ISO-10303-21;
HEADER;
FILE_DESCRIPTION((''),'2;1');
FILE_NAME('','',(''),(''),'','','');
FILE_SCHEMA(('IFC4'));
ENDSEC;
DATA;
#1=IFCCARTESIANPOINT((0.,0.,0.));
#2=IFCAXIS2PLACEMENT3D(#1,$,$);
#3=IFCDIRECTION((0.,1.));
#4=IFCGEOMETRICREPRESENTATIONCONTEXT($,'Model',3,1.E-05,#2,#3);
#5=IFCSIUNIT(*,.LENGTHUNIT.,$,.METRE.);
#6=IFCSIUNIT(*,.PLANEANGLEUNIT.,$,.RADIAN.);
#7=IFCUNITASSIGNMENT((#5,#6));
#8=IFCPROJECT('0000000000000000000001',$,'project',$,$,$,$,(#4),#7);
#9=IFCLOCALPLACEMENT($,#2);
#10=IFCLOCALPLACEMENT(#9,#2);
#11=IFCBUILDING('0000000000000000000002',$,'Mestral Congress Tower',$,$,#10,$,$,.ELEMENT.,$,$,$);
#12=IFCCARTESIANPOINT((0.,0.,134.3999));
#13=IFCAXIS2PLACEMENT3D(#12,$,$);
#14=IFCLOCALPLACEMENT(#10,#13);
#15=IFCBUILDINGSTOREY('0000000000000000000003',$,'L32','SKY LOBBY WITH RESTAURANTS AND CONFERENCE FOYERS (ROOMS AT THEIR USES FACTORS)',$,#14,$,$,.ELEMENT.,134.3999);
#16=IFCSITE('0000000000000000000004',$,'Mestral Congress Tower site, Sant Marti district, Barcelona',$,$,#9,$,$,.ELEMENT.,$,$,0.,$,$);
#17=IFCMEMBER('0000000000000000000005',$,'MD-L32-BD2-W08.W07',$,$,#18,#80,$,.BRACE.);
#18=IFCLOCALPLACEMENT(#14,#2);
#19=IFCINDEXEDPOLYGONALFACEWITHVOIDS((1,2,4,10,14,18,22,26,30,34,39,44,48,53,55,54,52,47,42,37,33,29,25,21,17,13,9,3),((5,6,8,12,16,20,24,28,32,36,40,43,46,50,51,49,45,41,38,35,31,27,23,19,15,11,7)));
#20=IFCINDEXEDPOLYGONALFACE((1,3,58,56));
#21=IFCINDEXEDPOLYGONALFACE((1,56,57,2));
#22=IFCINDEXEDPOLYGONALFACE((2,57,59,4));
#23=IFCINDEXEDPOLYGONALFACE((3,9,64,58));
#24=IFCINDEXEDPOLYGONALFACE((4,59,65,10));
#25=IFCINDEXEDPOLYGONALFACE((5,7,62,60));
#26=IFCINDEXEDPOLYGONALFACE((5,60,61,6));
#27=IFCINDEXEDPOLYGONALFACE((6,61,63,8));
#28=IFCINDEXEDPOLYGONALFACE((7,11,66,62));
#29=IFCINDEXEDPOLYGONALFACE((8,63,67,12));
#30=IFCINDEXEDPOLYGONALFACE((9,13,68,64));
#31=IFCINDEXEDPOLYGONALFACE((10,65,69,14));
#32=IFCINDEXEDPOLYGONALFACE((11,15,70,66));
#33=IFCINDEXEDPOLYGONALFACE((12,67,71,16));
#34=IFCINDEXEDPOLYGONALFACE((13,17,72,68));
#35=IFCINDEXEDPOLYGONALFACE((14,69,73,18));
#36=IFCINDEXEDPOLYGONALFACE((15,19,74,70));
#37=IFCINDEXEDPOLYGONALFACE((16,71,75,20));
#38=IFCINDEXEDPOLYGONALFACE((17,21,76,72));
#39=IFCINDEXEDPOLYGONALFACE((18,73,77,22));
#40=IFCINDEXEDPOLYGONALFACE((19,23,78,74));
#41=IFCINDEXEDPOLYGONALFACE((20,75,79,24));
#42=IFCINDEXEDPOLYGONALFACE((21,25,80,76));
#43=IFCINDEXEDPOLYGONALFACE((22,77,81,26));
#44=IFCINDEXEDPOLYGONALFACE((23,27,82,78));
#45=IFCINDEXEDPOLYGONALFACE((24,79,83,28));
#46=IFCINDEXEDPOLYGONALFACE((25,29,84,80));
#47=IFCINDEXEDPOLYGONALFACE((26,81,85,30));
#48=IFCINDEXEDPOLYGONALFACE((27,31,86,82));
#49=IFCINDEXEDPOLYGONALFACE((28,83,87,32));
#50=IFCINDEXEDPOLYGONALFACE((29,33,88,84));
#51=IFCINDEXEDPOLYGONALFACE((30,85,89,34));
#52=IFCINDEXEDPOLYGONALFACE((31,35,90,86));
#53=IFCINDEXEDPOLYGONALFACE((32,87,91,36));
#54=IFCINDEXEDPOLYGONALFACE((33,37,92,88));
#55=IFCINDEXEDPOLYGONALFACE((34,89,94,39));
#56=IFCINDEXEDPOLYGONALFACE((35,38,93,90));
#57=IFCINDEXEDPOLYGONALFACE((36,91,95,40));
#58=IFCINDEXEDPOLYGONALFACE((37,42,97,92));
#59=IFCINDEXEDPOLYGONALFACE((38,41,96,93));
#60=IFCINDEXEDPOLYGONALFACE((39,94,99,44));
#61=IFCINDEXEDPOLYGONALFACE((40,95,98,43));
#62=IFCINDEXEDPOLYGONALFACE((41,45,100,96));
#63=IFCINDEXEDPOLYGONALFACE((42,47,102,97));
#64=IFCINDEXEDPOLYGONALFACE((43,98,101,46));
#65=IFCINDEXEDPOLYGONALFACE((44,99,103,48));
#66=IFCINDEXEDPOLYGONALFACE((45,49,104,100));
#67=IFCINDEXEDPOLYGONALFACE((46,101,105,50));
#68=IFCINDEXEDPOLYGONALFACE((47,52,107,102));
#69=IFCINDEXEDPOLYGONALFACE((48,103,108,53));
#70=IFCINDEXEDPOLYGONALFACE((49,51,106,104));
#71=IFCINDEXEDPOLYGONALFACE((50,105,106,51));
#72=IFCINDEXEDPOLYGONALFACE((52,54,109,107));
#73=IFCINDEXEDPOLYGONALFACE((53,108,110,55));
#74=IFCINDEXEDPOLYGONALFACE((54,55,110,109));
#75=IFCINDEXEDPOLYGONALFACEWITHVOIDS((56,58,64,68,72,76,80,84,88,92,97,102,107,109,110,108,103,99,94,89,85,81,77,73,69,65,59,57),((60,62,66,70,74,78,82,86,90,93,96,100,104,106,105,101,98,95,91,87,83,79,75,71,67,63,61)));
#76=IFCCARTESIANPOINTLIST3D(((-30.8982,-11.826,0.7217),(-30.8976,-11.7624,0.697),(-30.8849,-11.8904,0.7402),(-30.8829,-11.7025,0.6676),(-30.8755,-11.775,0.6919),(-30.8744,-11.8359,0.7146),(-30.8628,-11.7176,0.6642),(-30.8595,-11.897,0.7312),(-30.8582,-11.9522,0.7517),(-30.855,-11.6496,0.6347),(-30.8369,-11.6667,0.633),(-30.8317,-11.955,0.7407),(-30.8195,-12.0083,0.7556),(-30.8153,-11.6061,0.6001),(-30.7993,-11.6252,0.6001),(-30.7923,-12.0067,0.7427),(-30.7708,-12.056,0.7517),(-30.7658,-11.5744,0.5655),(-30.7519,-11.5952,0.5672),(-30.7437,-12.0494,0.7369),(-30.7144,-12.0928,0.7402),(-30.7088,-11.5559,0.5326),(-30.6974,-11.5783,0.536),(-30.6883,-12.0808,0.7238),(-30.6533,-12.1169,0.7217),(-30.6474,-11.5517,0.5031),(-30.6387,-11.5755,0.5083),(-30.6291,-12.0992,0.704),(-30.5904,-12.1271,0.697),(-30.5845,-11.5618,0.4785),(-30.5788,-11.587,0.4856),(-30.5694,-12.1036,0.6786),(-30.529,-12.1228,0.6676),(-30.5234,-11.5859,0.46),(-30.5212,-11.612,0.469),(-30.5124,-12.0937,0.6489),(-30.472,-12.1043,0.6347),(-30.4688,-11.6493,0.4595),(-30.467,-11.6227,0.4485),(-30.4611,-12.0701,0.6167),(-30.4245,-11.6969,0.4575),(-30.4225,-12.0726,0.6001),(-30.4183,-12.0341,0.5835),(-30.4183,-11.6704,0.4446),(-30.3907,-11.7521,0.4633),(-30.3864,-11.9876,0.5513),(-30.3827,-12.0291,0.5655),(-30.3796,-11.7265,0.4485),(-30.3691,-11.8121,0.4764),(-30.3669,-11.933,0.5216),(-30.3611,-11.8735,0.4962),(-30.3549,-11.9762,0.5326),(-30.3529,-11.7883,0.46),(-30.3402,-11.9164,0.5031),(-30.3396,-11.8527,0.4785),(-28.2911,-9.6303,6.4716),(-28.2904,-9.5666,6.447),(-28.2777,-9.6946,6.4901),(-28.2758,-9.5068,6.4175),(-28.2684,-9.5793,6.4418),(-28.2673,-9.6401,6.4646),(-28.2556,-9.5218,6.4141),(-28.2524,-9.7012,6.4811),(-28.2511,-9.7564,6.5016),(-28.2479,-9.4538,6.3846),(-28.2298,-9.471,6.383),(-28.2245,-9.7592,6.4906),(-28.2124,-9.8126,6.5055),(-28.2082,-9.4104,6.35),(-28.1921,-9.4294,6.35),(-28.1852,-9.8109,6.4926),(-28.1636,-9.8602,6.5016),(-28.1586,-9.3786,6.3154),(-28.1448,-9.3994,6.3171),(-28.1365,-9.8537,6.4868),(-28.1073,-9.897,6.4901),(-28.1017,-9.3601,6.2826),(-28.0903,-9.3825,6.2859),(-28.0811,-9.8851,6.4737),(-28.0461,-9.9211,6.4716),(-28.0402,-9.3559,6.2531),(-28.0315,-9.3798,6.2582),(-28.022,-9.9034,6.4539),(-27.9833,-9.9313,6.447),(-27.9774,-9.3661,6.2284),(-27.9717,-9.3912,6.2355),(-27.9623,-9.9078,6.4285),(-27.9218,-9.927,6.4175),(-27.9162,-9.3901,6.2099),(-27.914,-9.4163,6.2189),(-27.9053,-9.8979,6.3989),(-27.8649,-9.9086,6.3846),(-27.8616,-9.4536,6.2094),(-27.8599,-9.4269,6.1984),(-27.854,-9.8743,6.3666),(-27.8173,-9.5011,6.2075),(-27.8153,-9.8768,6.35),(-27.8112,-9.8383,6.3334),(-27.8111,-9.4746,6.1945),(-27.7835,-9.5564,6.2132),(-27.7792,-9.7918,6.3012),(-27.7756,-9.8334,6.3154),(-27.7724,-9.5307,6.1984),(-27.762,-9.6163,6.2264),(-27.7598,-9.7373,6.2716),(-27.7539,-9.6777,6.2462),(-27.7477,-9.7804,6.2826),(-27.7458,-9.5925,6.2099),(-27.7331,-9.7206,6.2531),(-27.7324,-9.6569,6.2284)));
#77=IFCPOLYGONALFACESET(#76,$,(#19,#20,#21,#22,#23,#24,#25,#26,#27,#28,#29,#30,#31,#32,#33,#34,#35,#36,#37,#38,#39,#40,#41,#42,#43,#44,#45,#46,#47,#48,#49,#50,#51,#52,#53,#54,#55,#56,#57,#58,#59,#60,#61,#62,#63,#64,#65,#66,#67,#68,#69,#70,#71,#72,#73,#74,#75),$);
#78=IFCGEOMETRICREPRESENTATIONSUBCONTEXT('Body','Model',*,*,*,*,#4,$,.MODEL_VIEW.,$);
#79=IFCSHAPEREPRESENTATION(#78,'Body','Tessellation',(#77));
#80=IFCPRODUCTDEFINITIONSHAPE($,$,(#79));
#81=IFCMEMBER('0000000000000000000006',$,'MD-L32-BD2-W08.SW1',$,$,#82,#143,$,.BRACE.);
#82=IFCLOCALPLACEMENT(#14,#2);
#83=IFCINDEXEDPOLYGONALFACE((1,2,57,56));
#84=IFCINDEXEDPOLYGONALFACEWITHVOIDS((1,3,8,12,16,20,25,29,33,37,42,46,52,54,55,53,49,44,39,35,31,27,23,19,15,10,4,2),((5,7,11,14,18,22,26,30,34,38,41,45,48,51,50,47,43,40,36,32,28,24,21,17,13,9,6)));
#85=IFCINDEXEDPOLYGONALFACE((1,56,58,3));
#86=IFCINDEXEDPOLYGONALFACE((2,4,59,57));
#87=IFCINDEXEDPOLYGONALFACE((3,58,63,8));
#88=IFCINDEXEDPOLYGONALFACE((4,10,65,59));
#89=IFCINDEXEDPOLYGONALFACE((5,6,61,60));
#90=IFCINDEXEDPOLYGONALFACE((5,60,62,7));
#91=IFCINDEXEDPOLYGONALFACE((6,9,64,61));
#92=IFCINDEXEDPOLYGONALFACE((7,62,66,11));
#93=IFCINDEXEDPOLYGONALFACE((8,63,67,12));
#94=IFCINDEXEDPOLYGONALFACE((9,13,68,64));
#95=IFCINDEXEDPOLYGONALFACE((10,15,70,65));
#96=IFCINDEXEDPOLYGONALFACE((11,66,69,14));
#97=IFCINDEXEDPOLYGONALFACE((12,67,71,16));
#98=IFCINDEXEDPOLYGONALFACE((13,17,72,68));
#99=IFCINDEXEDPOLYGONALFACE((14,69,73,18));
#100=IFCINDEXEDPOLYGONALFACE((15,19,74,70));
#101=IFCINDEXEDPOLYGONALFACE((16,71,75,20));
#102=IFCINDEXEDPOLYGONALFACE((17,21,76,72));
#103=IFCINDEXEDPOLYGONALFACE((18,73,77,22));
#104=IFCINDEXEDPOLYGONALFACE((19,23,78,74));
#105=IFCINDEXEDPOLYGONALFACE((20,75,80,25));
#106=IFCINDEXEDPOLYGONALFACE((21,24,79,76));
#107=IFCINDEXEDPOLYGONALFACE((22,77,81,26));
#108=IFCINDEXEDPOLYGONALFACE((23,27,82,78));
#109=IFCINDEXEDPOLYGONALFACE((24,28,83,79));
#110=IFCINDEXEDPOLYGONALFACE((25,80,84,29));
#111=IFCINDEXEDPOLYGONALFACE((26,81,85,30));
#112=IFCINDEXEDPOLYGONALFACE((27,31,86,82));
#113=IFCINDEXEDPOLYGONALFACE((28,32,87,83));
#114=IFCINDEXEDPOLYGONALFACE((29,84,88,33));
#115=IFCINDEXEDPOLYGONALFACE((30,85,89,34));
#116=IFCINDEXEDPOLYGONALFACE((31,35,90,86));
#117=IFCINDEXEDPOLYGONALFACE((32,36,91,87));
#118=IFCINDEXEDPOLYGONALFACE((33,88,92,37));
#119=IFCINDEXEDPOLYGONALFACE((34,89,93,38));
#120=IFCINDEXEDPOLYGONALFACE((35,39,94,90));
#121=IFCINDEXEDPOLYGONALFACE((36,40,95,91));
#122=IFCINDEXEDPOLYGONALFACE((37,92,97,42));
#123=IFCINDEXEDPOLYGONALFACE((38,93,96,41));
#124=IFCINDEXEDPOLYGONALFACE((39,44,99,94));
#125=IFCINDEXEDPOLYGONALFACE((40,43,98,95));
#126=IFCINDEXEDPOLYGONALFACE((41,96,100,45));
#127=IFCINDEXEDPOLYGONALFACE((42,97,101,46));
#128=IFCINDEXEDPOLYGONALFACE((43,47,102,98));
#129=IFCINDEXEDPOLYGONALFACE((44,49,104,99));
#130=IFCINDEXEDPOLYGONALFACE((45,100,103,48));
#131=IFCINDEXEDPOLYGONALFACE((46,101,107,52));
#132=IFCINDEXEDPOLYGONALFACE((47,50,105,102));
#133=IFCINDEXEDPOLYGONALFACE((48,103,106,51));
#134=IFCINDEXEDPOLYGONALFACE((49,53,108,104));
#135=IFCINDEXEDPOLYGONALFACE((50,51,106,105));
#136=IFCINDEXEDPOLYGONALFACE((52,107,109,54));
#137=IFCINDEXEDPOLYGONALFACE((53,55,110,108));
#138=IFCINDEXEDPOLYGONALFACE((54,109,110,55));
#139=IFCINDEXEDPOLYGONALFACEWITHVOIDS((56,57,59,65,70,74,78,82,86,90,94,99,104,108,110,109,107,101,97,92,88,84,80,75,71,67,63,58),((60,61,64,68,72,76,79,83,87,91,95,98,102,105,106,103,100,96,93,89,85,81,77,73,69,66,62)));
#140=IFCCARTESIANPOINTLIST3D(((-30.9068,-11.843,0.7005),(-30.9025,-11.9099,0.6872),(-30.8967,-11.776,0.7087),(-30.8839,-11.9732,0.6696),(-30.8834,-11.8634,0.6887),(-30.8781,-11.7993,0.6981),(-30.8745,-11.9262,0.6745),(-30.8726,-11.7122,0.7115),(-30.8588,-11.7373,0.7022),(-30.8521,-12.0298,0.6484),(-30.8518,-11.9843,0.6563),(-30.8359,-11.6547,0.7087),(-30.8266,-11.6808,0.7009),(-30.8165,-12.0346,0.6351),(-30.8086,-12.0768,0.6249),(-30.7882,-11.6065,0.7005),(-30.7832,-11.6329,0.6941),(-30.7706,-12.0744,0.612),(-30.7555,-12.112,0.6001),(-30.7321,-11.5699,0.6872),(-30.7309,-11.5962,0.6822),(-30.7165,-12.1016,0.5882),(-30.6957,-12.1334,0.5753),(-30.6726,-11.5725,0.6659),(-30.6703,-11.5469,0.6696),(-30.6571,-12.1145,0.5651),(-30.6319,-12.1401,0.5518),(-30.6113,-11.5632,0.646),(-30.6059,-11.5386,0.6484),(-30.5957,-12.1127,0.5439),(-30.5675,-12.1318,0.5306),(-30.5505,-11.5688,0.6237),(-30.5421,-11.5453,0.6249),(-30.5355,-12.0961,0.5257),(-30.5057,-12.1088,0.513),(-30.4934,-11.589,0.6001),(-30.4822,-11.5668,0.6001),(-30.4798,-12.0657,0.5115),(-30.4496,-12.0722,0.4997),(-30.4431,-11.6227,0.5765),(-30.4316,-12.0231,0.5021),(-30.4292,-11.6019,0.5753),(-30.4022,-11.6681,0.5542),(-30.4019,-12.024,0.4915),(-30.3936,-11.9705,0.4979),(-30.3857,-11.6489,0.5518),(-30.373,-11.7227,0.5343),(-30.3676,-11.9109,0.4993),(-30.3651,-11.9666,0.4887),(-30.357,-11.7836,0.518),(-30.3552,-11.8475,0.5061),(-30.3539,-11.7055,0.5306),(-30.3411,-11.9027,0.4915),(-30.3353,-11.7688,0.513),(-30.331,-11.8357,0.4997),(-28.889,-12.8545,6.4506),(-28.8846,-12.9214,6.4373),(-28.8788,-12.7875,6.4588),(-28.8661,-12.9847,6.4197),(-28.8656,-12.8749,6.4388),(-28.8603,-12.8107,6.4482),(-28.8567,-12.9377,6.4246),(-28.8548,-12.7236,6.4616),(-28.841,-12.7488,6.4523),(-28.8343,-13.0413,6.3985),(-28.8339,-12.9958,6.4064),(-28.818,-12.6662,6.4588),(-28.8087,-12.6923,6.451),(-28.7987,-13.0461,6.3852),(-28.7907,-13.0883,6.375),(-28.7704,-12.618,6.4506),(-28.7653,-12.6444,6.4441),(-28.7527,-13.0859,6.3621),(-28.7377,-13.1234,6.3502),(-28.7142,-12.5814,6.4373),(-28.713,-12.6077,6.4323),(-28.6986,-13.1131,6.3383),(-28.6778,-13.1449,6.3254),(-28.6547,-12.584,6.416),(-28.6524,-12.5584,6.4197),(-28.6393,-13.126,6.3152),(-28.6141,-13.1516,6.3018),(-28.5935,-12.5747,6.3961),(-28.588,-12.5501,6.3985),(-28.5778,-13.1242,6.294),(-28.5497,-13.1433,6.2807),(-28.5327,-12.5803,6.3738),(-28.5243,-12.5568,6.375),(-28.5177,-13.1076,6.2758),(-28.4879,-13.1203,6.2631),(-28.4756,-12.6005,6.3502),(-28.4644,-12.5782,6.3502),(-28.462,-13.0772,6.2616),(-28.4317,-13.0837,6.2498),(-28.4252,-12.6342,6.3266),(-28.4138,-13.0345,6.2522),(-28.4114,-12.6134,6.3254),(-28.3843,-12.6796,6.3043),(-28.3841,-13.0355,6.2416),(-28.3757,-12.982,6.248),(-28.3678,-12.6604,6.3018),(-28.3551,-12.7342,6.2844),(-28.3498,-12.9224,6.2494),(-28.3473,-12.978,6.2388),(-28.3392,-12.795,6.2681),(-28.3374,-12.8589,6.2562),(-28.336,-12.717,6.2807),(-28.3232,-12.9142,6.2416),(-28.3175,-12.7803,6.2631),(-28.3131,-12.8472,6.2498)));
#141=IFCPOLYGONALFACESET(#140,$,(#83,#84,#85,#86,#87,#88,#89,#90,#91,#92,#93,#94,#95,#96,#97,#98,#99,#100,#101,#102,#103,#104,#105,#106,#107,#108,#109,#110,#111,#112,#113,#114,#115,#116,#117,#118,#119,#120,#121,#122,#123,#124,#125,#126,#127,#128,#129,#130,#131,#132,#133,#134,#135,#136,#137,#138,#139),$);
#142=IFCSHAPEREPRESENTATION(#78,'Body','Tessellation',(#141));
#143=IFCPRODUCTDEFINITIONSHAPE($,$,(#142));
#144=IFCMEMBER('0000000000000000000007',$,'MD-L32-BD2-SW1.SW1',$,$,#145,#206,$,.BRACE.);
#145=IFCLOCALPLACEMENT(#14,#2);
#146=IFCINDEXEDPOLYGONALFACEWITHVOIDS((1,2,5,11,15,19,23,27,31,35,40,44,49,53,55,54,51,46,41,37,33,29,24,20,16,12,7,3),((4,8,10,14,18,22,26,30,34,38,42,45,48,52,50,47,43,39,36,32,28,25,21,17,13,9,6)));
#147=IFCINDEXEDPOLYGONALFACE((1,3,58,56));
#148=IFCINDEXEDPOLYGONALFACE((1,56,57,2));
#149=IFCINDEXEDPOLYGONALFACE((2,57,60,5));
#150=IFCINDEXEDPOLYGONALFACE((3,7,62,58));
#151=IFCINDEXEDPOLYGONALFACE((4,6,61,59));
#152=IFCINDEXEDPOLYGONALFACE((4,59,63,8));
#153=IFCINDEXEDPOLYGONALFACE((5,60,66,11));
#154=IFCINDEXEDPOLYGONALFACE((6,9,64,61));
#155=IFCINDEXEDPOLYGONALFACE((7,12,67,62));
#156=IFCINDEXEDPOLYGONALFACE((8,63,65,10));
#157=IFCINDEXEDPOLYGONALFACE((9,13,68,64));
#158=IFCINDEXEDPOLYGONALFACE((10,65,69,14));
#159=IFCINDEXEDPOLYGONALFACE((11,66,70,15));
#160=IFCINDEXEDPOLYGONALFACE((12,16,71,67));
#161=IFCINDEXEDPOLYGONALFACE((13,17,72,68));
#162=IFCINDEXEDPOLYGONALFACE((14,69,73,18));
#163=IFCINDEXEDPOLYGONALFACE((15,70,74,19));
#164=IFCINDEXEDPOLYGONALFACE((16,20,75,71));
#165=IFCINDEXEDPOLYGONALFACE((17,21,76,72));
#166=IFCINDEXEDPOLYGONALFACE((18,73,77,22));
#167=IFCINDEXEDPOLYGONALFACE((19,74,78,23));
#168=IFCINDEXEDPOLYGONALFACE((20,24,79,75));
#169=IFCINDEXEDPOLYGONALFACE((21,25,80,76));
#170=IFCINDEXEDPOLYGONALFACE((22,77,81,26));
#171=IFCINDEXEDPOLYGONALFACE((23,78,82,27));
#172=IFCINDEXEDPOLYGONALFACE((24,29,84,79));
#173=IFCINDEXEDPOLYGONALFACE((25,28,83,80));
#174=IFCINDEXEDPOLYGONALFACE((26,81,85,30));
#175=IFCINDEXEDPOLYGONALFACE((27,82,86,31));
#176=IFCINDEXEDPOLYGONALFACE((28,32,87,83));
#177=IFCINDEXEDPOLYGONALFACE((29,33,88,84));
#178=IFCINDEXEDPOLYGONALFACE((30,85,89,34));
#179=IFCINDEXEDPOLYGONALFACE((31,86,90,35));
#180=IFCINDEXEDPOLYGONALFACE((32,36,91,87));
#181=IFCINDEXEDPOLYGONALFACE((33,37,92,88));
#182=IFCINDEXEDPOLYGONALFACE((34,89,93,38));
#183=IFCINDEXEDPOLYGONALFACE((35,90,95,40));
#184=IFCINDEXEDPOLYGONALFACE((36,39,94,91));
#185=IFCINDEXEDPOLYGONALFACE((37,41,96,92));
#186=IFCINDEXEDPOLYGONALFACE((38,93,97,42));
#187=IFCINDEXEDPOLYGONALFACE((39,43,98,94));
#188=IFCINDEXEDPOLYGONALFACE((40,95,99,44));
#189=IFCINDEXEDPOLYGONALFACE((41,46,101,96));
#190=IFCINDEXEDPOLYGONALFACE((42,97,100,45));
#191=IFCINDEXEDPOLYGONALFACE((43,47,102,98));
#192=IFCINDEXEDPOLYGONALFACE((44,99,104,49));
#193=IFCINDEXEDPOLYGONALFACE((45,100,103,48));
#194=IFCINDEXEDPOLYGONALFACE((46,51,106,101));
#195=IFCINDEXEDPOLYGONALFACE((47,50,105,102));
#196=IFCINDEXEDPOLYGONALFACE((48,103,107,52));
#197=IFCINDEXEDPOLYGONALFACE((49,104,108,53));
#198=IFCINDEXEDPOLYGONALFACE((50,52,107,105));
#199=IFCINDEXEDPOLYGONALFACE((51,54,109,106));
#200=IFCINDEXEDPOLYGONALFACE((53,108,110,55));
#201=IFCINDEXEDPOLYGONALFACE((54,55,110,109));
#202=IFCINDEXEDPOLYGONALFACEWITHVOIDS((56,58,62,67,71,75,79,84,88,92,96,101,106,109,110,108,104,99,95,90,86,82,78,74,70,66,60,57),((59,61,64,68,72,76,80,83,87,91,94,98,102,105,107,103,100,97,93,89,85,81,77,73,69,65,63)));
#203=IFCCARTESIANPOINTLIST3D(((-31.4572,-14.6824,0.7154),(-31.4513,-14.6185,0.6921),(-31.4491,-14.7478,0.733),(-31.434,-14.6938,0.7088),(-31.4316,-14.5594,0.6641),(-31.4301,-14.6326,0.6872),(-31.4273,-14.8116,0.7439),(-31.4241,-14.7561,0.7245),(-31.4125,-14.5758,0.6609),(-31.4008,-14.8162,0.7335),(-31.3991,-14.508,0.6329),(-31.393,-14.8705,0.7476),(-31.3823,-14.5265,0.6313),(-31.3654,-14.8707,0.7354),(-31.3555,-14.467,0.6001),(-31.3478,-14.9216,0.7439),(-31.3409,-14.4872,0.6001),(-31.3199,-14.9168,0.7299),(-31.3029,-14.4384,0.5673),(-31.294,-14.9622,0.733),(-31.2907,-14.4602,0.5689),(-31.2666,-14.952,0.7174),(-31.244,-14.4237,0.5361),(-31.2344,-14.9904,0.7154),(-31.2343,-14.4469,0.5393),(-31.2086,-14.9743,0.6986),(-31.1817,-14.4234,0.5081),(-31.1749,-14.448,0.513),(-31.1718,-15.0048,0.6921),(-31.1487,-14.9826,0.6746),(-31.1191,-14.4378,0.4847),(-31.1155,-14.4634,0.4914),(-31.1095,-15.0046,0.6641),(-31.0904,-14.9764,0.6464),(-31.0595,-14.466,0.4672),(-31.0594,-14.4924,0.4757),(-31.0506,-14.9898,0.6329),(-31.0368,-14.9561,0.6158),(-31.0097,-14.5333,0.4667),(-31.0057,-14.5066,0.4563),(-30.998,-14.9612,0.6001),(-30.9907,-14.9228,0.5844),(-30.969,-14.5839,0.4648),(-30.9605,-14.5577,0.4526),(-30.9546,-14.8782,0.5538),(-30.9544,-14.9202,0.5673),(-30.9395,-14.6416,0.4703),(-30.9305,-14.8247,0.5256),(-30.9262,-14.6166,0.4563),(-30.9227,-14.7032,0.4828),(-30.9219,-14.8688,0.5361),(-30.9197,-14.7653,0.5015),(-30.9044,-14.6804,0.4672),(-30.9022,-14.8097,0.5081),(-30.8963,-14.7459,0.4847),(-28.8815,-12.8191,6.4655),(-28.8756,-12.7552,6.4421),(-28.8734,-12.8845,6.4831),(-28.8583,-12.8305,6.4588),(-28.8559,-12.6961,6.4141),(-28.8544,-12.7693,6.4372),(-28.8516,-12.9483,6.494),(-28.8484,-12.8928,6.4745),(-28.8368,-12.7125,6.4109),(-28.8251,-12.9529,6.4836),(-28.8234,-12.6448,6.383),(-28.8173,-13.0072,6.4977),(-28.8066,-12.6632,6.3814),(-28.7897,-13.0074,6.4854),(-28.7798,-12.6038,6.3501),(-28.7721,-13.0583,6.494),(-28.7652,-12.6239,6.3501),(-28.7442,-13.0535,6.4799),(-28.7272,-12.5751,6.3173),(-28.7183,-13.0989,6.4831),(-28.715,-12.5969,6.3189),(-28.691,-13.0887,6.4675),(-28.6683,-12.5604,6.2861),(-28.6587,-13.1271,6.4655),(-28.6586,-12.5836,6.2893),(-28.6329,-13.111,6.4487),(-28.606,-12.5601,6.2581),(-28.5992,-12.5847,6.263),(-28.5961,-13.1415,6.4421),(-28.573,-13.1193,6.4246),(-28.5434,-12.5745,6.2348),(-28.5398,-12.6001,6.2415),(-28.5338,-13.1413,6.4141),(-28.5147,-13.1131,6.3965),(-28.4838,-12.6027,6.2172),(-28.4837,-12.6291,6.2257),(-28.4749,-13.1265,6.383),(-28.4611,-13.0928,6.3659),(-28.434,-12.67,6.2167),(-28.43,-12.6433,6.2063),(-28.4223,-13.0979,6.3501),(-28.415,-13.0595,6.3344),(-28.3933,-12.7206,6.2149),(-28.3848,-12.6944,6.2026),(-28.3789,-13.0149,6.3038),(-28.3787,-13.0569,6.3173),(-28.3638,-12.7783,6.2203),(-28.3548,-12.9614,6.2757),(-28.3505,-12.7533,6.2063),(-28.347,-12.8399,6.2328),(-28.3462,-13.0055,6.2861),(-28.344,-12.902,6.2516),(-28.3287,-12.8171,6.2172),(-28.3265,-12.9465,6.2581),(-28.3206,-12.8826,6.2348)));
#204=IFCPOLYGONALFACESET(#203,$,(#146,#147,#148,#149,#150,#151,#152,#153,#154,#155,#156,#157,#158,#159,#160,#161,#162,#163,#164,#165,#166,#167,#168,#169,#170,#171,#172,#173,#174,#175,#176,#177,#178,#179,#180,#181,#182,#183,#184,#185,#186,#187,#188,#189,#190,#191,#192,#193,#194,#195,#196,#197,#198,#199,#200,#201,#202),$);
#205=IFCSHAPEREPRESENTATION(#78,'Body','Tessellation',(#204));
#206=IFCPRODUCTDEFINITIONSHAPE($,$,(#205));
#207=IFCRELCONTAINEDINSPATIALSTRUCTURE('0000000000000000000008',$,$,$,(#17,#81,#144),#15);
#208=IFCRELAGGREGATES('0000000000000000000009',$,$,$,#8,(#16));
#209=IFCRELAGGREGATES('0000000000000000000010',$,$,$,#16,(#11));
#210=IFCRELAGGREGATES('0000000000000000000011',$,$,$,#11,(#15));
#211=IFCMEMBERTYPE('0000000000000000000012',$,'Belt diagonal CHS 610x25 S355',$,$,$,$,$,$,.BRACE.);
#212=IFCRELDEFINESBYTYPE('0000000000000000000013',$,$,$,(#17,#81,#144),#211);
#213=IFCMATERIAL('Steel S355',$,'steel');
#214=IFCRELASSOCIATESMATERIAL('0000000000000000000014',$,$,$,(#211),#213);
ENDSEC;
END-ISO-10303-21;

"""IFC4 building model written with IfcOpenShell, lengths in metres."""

from ifc_helpers import new_model, si_unit, direction, frame, origin, origin_2d, place, context, subcontext, project, spatial, hollow_circle, extrude, material, material_profile, profile_set, type_object, element, save


model = new_model("IFC4")

# Units and contexts
model_context = context("Model", 3, precision=1e-05, world=origin(), true_north=direction((0.0, 1.0)))
body_context = subcontext(model_context, "Body", "Model", "MODEL_VIEW")
ifc_project = project(units=[si_unit("LENGTHUNIT", "METRE"), si_unit("PLANEANGLEUNIT", "RADIAN")], contexts=[model_context])

# Site, building, storey
site_placement = place(None, origin())
site = spatial("IfcSite", under=ifc_project, at=site_placement, Name="Mestral Congress Tower site, Sant Marti district, Barcelona", CompositionType="ELEMENT", RefElevation=0.0)
building_placement = place(site_placement, origin())
building = spatial("IfcBuilding", under=site, at=building_placement, Name="Mestral Congress Tower", CompositionType="ELEMENT")
storey_placement = place(building_placement, frame((0.0, 0.0, 134.3999)))
storey = spatial("IfcBuildingStorey", under=building, at=storey_placement, Name="L32", Description="SKY LOBBY WITH RESTAURANTS AND CONFERENCE FOYERS (ROOMS AT THEIR USES FACTORS)", CompositionType="ELEMENT", Elevation=134.3999)

# Members
ifc_material_1 = material(Name="Steel S355", Category="steel")
ifc_material_profile_1 = material_profile(ifc_material_1, hollow_circle(Radius=0.3049, WallThickness=0.0249, at=origin_2d()), Name="CHS 610x25")
ifc_profile_set_1 = profile_set([ifc_material_profile_1], Name="Steel S355")
member_type_1 = type_object("IfcMemberType", Name="Belt diagonal CHS 610x25 S355", PredefinedType="BRACE", material=ifc_profile_set_1)
member_1_placement = place(storey_placement, frame((-30.6189, -11.8394, 0.6001), z_axis=(0.390038, 0.328496, 0.86021), x_axis=(-0.644184, 0.76487, 0.0)))
element("IfcMember", 1, at=member_1_placement, inside=storey, type_object=member_type_1, Name="MD-L32-BD2-W08.W07", PredefinedType="BRACE", context=body_context, shape_type="SweptSolid", body=[
    extrude(hollow_circle(Radius=0.3049, WallThickness=0.0249, at=origin_2d()), origin(), (0.0, 0.0, 1.0), 6.6843),
])
member_2_placement = place(storey_placement, frame((-30.6189, -11.8394, 0.6001), z_axis=(0.326659, -0.163745, 0.93085), x_axis=(0.448122, 0.893972, 0.0)))
element("IfcMember", 2, at=member_2_placement, inside=storey, type_object=member_type_1, Name="MD-L32-BD2-W08.SW1", PredefinedType="BRACE", context=body_context, shape_type="SweptSolid", body=[
    extrude(hollow_circle(Radius=0.3049, WallThickness=0.0249, at=origin_2d()), origin(), (0.0, 0.0, 1.0), 6.1772),
])
member_3_placement = place(storey_placement, frame((-31.1768, -14.7141, 0.6001), z_axis=(0.392021, 0.283593, 0.875154), x_axis=(-0.586124, 0.810221, 0.0)))
element("IfcMember", 3, at=member_3_placement, inside=storey, type_object=member_type_1, Name="MD-L32-BD2-SW1.SW1", PredefinedType="BRACE", context=body_context, shape_type="SweptSolid", body=[
    extrude(hollow_circle(Radius=0.3049, WallThickness=0.0249, at=origin_2d()), origin(), (0.0, 0.0, 1.0), 6.5703),
])

save(model, "model.ifc")
